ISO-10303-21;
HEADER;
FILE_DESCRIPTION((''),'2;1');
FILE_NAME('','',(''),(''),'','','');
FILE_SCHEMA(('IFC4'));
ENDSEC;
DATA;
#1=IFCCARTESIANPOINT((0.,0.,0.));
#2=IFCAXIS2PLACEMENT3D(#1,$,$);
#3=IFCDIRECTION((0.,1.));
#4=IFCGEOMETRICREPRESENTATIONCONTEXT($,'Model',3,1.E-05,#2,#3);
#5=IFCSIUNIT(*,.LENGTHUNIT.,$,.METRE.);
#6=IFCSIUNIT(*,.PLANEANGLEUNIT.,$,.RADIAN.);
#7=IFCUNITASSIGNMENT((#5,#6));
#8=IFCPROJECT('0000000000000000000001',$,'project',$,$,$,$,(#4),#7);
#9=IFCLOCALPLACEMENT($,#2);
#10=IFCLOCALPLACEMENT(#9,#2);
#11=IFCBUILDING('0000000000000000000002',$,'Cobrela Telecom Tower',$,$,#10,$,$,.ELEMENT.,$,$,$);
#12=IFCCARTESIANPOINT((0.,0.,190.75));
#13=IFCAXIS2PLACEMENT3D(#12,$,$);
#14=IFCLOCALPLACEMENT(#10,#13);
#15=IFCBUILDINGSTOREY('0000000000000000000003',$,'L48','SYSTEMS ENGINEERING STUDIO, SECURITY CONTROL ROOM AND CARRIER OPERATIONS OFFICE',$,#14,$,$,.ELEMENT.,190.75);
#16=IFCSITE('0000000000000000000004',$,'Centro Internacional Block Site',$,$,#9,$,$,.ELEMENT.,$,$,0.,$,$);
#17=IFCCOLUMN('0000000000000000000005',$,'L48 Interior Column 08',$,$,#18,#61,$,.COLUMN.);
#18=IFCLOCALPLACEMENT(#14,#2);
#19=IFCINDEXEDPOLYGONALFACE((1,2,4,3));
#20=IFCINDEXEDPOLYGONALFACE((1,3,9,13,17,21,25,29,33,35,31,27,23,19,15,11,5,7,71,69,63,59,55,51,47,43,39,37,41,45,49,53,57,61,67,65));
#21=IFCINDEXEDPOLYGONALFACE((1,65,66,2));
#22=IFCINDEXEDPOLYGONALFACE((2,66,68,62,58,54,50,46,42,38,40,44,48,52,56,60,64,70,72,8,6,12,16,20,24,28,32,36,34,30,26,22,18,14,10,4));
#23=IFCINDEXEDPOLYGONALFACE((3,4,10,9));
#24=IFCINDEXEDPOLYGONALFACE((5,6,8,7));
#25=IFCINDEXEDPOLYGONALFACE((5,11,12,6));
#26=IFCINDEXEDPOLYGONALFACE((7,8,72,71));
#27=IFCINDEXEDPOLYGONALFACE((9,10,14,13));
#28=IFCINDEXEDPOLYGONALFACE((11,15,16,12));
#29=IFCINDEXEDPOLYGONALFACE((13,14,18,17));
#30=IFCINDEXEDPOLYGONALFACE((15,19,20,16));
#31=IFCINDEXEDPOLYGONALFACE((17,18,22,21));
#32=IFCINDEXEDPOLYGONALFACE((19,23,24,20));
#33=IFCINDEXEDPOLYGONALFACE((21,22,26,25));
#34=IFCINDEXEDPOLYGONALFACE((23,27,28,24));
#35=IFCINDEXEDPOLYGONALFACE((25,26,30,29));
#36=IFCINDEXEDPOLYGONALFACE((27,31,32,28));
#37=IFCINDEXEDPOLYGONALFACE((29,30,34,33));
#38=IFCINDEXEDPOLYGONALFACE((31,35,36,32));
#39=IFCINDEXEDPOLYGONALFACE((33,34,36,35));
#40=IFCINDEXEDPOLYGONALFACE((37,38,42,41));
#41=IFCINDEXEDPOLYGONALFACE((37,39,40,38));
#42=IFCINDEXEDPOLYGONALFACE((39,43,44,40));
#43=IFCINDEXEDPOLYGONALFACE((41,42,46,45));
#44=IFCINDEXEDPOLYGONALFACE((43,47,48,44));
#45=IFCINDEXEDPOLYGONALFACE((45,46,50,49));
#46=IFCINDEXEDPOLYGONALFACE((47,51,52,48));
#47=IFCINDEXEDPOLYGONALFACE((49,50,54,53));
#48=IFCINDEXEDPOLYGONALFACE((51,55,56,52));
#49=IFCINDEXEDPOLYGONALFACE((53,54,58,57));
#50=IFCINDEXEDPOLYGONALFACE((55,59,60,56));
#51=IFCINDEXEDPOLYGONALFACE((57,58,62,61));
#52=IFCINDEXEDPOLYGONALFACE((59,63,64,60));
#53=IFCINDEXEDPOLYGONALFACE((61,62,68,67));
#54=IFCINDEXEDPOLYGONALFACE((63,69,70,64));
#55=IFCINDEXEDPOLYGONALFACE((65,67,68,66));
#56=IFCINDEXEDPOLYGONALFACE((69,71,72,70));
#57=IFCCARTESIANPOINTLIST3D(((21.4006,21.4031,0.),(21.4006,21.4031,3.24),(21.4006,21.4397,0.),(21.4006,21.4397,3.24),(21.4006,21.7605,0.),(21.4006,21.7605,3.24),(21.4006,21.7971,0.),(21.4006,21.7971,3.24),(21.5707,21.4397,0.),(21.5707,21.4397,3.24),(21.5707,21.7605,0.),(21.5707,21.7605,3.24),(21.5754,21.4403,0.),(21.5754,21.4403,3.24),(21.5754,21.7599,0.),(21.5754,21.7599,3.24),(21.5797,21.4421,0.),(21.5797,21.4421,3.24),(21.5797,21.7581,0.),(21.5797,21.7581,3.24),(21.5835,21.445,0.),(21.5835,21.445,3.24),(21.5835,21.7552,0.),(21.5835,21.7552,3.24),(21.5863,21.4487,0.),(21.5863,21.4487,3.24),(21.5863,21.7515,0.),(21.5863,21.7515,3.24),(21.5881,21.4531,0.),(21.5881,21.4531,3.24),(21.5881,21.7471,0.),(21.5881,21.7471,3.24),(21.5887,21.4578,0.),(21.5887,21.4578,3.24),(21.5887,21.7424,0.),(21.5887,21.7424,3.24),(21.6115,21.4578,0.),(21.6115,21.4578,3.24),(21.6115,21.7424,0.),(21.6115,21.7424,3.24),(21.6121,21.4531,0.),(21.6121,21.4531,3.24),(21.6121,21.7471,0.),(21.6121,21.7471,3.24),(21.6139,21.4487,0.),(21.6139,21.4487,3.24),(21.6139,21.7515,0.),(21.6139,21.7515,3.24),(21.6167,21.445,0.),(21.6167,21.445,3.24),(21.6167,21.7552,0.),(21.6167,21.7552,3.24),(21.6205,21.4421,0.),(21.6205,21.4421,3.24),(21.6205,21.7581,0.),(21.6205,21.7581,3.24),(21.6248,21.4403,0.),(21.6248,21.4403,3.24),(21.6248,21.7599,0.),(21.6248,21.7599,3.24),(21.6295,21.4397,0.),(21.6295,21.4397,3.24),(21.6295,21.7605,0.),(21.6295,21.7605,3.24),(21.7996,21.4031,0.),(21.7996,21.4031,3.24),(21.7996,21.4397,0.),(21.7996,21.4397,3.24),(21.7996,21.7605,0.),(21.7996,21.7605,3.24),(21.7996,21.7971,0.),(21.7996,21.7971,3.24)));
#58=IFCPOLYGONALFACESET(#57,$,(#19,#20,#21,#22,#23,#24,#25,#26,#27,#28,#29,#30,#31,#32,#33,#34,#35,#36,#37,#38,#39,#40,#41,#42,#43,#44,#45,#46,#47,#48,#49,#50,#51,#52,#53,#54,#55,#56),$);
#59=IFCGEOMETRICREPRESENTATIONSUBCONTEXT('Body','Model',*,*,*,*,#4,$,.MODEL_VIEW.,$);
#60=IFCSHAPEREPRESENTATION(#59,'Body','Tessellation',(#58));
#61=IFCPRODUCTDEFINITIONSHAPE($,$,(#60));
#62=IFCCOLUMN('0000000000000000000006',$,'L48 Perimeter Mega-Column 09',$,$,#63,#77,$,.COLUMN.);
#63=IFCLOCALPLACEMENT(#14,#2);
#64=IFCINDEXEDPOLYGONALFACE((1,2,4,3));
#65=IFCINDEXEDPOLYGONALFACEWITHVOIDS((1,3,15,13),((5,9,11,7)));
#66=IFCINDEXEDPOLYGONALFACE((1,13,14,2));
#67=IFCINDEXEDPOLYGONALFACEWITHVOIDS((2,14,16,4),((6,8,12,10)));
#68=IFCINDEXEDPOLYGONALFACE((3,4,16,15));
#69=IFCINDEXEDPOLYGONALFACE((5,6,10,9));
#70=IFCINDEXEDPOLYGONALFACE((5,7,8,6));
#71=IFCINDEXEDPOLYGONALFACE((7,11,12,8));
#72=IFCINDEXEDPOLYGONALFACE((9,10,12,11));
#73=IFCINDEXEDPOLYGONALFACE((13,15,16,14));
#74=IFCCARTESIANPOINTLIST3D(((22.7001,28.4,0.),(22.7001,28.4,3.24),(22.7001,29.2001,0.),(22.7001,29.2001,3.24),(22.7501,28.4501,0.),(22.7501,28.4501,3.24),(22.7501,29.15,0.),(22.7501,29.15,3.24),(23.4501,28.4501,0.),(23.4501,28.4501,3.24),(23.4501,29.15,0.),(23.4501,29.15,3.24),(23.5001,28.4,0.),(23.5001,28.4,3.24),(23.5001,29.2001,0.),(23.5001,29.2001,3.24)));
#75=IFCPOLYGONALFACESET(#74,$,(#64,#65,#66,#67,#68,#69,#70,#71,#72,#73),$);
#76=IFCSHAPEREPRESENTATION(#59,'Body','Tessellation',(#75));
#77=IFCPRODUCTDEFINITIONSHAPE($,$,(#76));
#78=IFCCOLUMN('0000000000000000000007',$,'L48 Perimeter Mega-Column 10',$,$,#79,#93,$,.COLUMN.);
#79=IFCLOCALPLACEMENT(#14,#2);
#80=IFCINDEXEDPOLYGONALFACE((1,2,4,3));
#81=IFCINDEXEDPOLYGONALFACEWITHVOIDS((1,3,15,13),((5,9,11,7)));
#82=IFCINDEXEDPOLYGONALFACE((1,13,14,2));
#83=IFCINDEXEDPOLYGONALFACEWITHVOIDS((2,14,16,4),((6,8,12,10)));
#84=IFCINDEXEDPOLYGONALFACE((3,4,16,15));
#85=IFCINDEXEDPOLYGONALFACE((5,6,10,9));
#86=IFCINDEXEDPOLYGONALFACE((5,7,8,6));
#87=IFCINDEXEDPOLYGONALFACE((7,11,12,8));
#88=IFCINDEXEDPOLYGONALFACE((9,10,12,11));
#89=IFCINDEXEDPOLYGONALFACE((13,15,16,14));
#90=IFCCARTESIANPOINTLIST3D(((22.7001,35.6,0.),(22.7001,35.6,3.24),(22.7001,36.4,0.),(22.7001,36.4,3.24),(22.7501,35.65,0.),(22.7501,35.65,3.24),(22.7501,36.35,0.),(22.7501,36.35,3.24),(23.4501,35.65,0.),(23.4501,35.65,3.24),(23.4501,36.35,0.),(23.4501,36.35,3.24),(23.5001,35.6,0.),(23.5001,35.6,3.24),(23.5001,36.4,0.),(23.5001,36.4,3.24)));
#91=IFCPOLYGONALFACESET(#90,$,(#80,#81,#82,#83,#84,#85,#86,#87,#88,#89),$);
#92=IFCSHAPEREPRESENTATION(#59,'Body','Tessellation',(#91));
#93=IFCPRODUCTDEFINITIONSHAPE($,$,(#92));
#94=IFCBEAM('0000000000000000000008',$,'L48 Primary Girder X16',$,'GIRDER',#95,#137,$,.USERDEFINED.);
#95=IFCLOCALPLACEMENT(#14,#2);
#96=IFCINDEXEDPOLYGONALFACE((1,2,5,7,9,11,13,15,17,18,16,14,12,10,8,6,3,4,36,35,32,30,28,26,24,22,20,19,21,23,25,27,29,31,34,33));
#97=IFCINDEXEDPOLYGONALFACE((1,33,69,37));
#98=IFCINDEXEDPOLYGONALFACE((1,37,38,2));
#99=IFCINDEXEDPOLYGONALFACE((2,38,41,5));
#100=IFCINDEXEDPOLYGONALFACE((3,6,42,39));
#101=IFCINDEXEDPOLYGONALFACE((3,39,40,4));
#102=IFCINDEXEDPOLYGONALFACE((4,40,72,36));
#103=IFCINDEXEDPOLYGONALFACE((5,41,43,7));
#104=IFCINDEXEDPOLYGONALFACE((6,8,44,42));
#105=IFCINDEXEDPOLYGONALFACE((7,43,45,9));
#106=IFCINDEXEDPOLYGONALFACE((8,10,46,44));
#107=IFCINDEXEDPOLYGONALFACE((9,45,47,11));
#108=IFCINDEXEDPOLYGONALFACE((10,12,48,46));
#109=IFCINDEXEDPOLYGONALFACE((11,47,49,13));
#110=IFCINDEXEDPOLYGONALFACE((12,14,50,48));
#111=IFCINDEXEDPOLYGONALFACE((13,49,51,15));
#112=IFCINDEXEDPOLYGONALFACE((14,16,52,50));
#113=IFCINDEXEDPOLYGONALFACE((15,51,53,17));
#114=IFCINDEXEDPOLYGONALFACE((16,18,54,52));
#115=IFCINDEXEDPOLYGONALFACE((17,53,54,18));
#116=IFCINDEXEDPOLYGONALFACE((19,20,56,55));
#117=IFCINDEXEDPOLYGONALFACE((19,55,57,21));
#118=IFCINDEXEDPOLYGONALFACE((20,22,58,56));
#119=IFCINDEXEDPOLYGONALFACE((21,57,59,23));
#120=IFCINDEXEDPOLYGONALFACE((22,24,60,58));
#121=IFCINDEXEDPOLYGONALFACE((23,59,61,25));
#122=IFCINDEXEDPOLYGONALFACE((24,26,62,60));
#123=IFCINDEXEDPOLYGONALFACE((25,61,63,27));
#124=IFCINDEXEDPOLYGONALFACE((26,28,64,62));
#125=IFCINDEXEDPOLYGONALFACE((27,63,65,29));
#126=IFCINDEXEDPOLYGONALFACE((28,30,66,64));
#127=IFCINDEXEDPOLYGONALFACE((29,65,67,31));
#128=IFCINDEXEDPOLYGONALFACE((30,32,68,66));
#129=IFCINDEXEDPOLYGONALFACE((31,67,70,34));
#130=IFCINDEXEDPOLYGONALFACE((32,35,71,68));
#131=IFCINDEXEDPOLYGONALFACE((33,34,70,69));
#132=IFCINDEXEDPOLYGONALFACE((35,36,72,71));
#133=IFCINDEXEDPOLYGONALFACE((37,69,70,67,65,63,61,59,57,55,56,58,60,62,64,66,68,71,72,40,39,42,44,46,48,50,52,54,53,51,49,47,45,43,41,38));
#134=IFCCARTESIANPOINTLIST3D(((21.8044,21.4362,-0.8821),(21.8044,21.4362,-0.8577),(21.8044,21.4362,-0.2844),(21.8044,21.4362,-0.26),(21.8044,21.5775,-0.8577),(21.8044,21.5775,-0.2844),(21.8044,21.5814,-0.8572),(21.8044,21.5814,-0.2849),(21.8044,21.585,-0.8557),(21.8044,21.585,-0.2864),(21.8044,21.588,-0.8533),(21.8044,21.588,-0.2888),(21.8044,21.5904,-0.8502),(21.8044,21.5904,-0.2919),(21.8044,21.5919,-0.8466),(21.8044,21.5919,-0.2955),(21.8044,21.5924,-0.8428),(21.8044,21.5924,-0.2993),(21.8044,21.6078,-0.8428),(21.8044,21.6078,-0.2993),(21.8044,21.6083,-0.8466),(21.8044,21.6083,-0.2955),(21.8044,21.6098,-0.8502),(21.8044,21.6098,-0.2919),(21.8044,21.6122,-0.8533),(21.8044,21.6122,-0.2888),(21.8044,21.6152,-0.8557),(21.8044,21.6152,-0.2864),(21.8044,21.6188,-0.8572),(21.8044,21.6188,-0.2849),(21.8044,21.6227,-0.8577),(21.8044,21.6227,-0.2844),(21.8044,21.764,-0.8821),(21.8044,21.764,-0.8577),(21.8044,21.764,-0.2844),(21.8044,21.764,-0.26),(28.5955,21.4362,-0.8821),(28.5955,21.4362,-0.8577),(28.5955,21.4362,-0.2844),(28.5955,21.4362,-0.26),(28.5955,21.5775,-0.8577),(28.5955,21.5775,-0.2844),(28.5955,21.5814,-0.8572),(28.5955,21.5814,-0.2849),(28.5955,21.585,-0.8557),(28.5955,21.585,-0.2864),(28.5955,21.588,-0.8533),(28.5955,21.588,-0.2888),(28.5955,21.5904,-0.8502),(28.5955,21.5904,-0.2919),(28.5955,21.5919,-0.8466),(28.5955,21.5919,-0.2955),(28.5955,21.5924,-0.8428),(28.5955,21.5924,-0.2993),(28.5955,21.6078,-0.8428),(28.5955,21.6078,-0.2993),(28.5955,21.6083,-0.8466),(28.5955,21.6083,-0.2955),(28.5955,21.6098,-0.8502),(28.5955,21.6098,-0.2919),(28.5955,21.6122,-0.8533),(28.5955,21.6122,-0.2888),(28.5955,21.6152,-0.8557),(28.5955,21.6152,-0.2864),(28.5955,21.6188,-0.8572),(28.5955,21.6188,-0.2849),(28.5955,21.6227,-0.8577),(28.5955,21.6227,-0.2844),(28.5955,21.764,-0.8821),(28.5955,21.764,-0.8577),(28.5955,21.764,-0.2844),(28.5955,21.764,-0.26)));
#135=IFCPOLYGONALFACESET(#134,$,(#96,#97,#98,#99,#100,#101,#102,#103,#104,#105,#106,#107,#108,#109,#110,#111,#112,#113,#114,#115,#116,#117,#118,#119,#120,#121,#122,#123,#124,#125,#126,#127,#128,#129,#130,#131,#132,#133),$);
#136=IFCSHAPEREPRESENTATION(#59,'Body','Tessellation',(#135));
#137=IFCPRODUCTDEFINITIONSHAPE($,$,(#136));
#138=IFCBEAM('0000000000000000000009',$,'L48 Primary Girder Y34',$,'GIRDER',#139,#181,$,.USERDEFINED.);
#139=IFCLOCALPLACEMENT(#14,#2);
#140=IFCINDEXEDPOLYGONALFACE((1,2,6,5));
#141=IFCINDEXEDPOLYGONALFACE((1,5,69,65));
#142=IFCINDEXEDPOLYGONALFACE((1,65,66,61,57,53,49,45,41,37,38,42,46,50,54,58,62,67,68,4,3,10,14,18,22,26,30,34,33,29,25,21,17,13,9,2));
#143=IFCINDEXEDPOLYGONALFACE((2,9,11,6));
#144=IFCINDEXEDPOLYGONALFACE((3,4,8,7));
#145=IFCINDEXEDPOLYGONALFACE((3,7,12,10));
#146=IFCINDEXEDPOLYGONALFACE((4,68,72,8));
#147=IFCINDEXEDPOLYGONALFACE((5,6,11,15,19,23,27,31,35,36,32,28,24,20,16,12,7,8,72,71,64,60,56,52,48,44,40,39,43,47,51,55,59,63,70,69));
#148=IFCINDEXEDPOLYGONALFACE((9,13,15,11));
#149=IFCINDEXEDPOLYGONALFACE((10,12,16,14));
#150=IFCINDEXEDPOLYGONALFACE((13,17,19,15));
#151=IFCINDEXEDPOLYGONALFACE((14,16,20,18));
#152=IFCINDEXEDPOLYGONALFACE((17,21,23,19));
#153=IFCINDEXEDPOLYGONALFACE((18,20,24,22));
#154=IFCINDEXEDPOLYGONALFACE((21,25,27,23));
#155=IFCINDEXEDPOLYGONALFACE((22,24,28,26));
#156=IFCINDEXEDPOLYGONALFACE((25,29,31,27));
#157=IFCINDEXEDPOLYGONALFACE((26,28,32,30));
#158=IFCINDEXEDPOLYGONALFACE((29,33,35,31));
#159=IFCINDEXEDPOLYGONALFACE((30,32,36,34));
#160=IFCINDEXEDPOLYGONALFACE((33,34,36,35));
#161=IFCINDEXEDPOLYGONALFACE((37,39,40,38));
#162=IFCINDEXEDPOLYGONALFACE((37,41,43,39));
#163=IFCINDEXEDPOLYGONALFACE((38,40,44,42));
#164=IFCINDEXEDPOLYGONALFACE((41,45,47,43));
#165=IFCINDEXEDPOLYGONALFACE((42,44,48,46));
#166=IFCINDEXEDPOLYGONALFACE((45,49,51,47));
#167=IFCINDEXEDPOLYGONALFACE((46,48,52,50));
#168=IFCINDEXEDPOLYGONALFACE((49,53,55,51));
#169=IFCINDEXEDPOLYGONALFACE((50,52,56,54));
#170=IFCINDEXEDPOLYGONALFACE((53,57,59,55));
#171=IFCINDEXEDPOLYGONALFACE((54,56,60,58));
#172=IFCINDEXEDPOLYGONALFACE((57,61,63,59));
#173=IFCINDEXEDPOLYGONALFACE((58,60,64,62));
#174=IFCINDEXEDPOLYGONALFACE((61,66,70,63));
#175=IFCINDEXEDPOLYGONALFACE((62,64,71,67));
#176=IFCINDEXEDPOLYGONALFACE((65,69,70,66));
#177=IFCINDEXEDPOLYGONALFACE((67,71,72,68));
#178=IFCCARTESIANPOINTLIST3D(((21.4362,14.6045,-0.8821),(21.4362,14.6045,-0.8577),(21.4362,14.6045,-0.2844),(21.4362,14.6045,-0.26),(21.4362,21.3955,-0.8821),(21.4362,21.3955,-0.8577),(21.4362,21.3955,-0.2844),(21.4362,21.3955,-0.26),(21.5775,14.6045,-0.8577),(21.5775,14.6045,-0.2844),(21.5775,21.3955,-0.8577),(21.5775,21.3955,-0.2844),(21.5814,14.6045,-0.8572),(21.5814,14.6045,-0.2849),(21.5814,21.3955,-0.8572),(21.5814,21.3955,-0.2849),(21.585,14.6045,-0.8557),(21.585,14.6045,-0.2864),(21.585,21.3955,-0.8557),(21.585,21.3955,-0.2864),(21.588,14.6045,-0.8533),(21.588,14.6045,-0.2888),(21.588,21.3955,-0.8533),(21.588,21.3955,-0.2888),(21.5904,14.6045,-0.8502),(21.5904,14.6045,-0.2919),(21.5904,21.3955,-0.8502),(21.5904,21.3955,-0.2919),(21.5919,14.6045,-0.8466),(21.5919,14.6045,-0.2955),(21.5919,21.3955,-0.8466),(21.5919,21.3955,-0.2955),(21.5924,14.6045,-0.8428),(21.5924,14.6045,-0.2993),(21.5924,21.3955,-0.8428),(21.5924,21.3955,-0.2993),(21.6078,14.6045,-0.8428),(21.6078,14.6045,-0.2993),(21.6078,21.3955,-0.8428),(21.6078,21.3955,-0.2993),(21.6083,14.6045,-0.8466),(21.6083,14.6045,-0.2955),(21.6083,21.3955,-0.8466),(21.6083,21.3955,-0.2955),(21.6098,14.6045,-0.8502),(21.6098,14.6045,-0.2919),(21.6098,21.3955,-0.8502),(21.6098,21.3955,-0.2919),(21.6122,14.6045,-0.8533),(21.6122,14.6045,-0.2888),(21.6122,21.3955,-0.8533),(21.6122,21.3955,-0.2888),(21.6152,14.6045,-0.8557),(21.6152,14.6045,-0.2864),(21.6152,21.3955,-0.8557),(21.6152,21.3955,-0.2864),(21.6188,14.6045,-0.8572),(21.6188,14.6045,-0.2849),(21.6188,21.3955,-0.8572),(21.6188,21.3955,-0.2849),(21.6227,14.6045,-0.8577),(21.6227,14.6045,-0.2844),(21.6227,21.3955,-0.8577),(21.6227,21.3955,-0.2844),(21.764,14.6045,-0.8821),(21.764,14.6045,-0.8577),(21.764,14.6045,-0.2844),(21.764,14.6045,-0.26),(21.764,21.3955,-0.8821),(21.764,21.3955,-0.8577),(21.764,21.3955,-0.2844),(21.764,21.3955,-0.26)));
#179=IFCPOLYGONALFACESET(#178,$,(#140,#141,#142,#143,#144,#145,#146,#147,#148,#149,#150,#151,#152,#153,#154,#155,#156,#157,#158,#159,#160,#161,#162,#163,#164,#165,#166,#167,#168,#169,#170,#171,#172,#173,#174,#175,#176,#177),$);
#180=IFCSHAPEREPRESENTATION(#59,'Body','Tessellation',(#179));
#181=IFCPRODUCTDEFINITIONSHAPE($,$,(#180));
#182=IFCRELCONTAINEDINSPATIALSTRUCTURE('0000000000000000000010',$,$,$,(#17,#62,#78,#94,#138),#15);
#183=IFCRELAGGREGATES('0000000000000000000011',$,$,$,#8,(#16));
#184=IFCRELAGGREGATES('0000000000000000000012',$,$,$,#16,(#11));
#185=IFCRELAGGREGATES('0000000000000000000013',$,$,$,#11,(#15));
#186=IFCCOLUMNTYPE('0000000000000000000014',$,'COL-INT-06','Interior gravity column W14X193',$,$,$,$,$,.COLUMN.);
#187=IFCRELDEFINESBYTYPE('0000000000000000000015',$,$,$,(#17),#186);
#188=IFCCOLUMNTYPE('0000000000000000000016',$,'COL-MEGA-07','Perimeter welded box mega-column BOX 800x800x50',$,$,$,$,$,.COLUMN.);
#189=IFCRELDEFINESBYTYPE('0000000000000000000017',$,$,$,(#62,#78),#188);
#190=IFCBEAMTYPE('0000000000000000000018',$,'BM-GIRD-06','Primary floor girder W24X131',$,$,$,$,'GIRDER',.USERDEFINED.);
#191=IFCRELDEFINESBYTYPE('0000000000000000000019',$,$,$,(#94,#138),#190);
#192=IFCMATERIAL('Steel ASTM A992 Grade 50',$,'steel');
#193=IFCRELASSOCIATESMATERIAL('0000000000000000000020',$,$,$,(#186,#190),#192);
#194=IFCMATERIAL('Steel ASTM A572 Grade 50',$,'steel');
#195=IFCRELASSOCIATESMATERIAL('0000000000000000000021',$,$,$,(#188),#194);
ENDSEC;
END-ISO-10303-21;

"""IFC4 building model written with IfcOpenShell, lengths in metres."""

from ifc_helpers import new_model, si_unit, direction, frame, origin, origin_2d, place, context, subcontext, project, spatial, hollow_rectangle, i_section, extrude, material, material_profile, profile_set, type_object, element, save


model = new_model("IFC4")

# Units and contexts
model_context = context("Model", 3, precision=1e-05, world=origin(), true_north=direction((0.0, 1.0)))
body_context = subcontext(model_context, "Body", "Model", "MODEL_VIEW")
ifc_project = project(units=[si_unit("LENGTHUNIT", "METRE"), si_unit("PLANEANGLEUNIT", "RADIAN")], contexts=[model_context])

# Site, building, storey
site_placement = place(None, origin())
site = spatial("IfcSite", under=ifc_project, at=site_placement, Name="Centro Internacional Block Site", CompositionType="ELEMENT", RefElevation=0.0)
building_placement = place(site_placement, origin())
building = spatial("IfcBuilding", under=site, at=building_placement, Name="Cobrela Telecom Tower", CompositionType="ELEMENT")
storey_placement = place(building_placement, frame((0.0, 0.0, 190.75)))
storey = spatial("IfcBuildingStorey", under=building, at=storey_placement, Name="L48", Description="SYSTEMS ENGINEERING STUDIO, SECURITY CONTROL ROOM AND CARRIER OPERATIONS OFFICE", CompositionType="ELEMENT", Elevation=190.75)

# Columns
ifc_material_1 = material(Name="Steel ASTM A992 Grade 50", Category="steel")
ifc_material_profile_1 = material_profile(ifc_material_1, i_section(OverallWidth=0.3989, OverallDepth=0.394, WebThickness=0.0227, FlangeThickness=0.0366, FilletRadius=0.0181, at=origin_2d()), Name="W14X193")
ifc_profile_set_1 = profile_set([ifc_material_profile_1], Name="Steel ASTM A992 Grade 50")
column_type_1 = type_object("IfcColumnType", Name="COL-INT-06", Description="Interior gravity column W14X193", PredefinedType="COLUMN", material=ifc_profile_set_1)
column_placement = place(storey_placement, frame((21.6001, 21.6001, 0.0), z_axis=(0.0, 0.0, 1.0), x_axis=(1.0, 0.0, 0.0)))
element("IfcColumn", 1, at=column_placement, inside=storey, type_object=column_type_1, Name="L48 Interior Column 08", PredefinedType="COLUMN", context=body_context, shape_type="SweptSolid", body=[
    extrude(i_section(OverallWidth=0.3989, OverallDepth=0.394, WebThickness=0.0227, FlangeThickness=0.0366, FilletRadius=0.0181, at=origin_2d()), origin(), (0.0, 0.0, 1.0), 3.24),
])
ifc_material_2 = material(Name="Steel ASTM A572 Grade 50", Category="steel")
ifc_material_profile_2 = material_profile(ifc_material_2, hollow_rectangle(XDim=0.8, YDim=0.8, WallThickness=0.05, at=origin_2d()), Name="BOX 800x800x50")
ifc_profile_set_2 = profile_set([ifc_material_profile_2], Name="Steel ASTM A572 Grade 50")
column_type_2 = type_object("IfcColumnType", Name="COL-MEGA-07", Description="Perimeter welded box mega-column BOX 800x800x50", PredefinedType="COLUMN", material=ifc_profile_set_2)
for number, where, z_axis, x_axis, name in (
    (2, (23.1001, 28.8, 0.0), (0.0, 0.0, 1.0), (1.0, 0.0, 0.0), "L48 Perimeter Mega-Column 09"),
    (3, (23.1001, 36.0, 0.0), (0.0, 0.0, 1.0), (1.0, 0.0, 0.0), "L48 Perimeter Mega-Column 10"),
):
    element("IfcColumn", number, at=place(storey_placement, frame(where, z_axis=z_axis, x_axis=x_axis)), inside=storey, type_object=column_type_2, Name=name, PredefinedType="COLUMN", context=body_context, shape_type="SweptSolid", body=[
        extrude(hollow_rectangle(XDim=0.8, YDim=0.8, WallThickness=0.05, at=origin_2d()), origin(), (0.0, 0.0, 1.0), 3.24),
    ])

# Beams
ifc_material_profile_3 = material_profile(ifc_material_1, i_section(OverallWidth=0.3279, OverallDepth=0.6221, WebThickness=0.0154, FlangeThickness=0.0244, FilletRadius=0.0149, at=origin_2d()), Name="W24X131")
ifc_profile_set_3 = profile_set([ifc_material_profile_3], Name="Steel ASTM A992 Grade 50")
beam_type_1 = type_object("IfcBeamType", Name="BM-GIRD-06", Description="Primary floor girder W24X131", ElementType="GIRDER", PredefinedType="USERDEFINED", material=ifc_profile_set_3)
for number, where, z_axis, x_axis, name in (
    (4, (21.8044, 21.6001, -0.571), (1.0, 0.0, 0.0), (0.0, 1.0, 0.0), "L48 Primary Girder X16"),
    (5, (21.6001, 14.6045, -0.571), (0.0, 1.0, 0.0), (-1.0, 0.0, 0.0), "L48 Primary Girder Y34"),
):
    element("IfcBeam", number, at=place(storey_placement, frame(where, z_axis=z_axis, x_axis=x_axis)), inside=storey, type_object=beam_type_1, Name=name, ObjectType="GIRDER", PredefinedType="USERDEFINED", context=body_context, shape_type="SweptSolid", body=[
        extrude(i_section(OverallWidth=0.3279, OverallDepth=0.6221, WebThickness=0.0154, FlangeThickness=0.0244, FilletRadius=0.0149, at=origin_2d()), origin(), (0.0, 0.0, 1.0), 6.791),
    ])

save(model, "model.ifc")
